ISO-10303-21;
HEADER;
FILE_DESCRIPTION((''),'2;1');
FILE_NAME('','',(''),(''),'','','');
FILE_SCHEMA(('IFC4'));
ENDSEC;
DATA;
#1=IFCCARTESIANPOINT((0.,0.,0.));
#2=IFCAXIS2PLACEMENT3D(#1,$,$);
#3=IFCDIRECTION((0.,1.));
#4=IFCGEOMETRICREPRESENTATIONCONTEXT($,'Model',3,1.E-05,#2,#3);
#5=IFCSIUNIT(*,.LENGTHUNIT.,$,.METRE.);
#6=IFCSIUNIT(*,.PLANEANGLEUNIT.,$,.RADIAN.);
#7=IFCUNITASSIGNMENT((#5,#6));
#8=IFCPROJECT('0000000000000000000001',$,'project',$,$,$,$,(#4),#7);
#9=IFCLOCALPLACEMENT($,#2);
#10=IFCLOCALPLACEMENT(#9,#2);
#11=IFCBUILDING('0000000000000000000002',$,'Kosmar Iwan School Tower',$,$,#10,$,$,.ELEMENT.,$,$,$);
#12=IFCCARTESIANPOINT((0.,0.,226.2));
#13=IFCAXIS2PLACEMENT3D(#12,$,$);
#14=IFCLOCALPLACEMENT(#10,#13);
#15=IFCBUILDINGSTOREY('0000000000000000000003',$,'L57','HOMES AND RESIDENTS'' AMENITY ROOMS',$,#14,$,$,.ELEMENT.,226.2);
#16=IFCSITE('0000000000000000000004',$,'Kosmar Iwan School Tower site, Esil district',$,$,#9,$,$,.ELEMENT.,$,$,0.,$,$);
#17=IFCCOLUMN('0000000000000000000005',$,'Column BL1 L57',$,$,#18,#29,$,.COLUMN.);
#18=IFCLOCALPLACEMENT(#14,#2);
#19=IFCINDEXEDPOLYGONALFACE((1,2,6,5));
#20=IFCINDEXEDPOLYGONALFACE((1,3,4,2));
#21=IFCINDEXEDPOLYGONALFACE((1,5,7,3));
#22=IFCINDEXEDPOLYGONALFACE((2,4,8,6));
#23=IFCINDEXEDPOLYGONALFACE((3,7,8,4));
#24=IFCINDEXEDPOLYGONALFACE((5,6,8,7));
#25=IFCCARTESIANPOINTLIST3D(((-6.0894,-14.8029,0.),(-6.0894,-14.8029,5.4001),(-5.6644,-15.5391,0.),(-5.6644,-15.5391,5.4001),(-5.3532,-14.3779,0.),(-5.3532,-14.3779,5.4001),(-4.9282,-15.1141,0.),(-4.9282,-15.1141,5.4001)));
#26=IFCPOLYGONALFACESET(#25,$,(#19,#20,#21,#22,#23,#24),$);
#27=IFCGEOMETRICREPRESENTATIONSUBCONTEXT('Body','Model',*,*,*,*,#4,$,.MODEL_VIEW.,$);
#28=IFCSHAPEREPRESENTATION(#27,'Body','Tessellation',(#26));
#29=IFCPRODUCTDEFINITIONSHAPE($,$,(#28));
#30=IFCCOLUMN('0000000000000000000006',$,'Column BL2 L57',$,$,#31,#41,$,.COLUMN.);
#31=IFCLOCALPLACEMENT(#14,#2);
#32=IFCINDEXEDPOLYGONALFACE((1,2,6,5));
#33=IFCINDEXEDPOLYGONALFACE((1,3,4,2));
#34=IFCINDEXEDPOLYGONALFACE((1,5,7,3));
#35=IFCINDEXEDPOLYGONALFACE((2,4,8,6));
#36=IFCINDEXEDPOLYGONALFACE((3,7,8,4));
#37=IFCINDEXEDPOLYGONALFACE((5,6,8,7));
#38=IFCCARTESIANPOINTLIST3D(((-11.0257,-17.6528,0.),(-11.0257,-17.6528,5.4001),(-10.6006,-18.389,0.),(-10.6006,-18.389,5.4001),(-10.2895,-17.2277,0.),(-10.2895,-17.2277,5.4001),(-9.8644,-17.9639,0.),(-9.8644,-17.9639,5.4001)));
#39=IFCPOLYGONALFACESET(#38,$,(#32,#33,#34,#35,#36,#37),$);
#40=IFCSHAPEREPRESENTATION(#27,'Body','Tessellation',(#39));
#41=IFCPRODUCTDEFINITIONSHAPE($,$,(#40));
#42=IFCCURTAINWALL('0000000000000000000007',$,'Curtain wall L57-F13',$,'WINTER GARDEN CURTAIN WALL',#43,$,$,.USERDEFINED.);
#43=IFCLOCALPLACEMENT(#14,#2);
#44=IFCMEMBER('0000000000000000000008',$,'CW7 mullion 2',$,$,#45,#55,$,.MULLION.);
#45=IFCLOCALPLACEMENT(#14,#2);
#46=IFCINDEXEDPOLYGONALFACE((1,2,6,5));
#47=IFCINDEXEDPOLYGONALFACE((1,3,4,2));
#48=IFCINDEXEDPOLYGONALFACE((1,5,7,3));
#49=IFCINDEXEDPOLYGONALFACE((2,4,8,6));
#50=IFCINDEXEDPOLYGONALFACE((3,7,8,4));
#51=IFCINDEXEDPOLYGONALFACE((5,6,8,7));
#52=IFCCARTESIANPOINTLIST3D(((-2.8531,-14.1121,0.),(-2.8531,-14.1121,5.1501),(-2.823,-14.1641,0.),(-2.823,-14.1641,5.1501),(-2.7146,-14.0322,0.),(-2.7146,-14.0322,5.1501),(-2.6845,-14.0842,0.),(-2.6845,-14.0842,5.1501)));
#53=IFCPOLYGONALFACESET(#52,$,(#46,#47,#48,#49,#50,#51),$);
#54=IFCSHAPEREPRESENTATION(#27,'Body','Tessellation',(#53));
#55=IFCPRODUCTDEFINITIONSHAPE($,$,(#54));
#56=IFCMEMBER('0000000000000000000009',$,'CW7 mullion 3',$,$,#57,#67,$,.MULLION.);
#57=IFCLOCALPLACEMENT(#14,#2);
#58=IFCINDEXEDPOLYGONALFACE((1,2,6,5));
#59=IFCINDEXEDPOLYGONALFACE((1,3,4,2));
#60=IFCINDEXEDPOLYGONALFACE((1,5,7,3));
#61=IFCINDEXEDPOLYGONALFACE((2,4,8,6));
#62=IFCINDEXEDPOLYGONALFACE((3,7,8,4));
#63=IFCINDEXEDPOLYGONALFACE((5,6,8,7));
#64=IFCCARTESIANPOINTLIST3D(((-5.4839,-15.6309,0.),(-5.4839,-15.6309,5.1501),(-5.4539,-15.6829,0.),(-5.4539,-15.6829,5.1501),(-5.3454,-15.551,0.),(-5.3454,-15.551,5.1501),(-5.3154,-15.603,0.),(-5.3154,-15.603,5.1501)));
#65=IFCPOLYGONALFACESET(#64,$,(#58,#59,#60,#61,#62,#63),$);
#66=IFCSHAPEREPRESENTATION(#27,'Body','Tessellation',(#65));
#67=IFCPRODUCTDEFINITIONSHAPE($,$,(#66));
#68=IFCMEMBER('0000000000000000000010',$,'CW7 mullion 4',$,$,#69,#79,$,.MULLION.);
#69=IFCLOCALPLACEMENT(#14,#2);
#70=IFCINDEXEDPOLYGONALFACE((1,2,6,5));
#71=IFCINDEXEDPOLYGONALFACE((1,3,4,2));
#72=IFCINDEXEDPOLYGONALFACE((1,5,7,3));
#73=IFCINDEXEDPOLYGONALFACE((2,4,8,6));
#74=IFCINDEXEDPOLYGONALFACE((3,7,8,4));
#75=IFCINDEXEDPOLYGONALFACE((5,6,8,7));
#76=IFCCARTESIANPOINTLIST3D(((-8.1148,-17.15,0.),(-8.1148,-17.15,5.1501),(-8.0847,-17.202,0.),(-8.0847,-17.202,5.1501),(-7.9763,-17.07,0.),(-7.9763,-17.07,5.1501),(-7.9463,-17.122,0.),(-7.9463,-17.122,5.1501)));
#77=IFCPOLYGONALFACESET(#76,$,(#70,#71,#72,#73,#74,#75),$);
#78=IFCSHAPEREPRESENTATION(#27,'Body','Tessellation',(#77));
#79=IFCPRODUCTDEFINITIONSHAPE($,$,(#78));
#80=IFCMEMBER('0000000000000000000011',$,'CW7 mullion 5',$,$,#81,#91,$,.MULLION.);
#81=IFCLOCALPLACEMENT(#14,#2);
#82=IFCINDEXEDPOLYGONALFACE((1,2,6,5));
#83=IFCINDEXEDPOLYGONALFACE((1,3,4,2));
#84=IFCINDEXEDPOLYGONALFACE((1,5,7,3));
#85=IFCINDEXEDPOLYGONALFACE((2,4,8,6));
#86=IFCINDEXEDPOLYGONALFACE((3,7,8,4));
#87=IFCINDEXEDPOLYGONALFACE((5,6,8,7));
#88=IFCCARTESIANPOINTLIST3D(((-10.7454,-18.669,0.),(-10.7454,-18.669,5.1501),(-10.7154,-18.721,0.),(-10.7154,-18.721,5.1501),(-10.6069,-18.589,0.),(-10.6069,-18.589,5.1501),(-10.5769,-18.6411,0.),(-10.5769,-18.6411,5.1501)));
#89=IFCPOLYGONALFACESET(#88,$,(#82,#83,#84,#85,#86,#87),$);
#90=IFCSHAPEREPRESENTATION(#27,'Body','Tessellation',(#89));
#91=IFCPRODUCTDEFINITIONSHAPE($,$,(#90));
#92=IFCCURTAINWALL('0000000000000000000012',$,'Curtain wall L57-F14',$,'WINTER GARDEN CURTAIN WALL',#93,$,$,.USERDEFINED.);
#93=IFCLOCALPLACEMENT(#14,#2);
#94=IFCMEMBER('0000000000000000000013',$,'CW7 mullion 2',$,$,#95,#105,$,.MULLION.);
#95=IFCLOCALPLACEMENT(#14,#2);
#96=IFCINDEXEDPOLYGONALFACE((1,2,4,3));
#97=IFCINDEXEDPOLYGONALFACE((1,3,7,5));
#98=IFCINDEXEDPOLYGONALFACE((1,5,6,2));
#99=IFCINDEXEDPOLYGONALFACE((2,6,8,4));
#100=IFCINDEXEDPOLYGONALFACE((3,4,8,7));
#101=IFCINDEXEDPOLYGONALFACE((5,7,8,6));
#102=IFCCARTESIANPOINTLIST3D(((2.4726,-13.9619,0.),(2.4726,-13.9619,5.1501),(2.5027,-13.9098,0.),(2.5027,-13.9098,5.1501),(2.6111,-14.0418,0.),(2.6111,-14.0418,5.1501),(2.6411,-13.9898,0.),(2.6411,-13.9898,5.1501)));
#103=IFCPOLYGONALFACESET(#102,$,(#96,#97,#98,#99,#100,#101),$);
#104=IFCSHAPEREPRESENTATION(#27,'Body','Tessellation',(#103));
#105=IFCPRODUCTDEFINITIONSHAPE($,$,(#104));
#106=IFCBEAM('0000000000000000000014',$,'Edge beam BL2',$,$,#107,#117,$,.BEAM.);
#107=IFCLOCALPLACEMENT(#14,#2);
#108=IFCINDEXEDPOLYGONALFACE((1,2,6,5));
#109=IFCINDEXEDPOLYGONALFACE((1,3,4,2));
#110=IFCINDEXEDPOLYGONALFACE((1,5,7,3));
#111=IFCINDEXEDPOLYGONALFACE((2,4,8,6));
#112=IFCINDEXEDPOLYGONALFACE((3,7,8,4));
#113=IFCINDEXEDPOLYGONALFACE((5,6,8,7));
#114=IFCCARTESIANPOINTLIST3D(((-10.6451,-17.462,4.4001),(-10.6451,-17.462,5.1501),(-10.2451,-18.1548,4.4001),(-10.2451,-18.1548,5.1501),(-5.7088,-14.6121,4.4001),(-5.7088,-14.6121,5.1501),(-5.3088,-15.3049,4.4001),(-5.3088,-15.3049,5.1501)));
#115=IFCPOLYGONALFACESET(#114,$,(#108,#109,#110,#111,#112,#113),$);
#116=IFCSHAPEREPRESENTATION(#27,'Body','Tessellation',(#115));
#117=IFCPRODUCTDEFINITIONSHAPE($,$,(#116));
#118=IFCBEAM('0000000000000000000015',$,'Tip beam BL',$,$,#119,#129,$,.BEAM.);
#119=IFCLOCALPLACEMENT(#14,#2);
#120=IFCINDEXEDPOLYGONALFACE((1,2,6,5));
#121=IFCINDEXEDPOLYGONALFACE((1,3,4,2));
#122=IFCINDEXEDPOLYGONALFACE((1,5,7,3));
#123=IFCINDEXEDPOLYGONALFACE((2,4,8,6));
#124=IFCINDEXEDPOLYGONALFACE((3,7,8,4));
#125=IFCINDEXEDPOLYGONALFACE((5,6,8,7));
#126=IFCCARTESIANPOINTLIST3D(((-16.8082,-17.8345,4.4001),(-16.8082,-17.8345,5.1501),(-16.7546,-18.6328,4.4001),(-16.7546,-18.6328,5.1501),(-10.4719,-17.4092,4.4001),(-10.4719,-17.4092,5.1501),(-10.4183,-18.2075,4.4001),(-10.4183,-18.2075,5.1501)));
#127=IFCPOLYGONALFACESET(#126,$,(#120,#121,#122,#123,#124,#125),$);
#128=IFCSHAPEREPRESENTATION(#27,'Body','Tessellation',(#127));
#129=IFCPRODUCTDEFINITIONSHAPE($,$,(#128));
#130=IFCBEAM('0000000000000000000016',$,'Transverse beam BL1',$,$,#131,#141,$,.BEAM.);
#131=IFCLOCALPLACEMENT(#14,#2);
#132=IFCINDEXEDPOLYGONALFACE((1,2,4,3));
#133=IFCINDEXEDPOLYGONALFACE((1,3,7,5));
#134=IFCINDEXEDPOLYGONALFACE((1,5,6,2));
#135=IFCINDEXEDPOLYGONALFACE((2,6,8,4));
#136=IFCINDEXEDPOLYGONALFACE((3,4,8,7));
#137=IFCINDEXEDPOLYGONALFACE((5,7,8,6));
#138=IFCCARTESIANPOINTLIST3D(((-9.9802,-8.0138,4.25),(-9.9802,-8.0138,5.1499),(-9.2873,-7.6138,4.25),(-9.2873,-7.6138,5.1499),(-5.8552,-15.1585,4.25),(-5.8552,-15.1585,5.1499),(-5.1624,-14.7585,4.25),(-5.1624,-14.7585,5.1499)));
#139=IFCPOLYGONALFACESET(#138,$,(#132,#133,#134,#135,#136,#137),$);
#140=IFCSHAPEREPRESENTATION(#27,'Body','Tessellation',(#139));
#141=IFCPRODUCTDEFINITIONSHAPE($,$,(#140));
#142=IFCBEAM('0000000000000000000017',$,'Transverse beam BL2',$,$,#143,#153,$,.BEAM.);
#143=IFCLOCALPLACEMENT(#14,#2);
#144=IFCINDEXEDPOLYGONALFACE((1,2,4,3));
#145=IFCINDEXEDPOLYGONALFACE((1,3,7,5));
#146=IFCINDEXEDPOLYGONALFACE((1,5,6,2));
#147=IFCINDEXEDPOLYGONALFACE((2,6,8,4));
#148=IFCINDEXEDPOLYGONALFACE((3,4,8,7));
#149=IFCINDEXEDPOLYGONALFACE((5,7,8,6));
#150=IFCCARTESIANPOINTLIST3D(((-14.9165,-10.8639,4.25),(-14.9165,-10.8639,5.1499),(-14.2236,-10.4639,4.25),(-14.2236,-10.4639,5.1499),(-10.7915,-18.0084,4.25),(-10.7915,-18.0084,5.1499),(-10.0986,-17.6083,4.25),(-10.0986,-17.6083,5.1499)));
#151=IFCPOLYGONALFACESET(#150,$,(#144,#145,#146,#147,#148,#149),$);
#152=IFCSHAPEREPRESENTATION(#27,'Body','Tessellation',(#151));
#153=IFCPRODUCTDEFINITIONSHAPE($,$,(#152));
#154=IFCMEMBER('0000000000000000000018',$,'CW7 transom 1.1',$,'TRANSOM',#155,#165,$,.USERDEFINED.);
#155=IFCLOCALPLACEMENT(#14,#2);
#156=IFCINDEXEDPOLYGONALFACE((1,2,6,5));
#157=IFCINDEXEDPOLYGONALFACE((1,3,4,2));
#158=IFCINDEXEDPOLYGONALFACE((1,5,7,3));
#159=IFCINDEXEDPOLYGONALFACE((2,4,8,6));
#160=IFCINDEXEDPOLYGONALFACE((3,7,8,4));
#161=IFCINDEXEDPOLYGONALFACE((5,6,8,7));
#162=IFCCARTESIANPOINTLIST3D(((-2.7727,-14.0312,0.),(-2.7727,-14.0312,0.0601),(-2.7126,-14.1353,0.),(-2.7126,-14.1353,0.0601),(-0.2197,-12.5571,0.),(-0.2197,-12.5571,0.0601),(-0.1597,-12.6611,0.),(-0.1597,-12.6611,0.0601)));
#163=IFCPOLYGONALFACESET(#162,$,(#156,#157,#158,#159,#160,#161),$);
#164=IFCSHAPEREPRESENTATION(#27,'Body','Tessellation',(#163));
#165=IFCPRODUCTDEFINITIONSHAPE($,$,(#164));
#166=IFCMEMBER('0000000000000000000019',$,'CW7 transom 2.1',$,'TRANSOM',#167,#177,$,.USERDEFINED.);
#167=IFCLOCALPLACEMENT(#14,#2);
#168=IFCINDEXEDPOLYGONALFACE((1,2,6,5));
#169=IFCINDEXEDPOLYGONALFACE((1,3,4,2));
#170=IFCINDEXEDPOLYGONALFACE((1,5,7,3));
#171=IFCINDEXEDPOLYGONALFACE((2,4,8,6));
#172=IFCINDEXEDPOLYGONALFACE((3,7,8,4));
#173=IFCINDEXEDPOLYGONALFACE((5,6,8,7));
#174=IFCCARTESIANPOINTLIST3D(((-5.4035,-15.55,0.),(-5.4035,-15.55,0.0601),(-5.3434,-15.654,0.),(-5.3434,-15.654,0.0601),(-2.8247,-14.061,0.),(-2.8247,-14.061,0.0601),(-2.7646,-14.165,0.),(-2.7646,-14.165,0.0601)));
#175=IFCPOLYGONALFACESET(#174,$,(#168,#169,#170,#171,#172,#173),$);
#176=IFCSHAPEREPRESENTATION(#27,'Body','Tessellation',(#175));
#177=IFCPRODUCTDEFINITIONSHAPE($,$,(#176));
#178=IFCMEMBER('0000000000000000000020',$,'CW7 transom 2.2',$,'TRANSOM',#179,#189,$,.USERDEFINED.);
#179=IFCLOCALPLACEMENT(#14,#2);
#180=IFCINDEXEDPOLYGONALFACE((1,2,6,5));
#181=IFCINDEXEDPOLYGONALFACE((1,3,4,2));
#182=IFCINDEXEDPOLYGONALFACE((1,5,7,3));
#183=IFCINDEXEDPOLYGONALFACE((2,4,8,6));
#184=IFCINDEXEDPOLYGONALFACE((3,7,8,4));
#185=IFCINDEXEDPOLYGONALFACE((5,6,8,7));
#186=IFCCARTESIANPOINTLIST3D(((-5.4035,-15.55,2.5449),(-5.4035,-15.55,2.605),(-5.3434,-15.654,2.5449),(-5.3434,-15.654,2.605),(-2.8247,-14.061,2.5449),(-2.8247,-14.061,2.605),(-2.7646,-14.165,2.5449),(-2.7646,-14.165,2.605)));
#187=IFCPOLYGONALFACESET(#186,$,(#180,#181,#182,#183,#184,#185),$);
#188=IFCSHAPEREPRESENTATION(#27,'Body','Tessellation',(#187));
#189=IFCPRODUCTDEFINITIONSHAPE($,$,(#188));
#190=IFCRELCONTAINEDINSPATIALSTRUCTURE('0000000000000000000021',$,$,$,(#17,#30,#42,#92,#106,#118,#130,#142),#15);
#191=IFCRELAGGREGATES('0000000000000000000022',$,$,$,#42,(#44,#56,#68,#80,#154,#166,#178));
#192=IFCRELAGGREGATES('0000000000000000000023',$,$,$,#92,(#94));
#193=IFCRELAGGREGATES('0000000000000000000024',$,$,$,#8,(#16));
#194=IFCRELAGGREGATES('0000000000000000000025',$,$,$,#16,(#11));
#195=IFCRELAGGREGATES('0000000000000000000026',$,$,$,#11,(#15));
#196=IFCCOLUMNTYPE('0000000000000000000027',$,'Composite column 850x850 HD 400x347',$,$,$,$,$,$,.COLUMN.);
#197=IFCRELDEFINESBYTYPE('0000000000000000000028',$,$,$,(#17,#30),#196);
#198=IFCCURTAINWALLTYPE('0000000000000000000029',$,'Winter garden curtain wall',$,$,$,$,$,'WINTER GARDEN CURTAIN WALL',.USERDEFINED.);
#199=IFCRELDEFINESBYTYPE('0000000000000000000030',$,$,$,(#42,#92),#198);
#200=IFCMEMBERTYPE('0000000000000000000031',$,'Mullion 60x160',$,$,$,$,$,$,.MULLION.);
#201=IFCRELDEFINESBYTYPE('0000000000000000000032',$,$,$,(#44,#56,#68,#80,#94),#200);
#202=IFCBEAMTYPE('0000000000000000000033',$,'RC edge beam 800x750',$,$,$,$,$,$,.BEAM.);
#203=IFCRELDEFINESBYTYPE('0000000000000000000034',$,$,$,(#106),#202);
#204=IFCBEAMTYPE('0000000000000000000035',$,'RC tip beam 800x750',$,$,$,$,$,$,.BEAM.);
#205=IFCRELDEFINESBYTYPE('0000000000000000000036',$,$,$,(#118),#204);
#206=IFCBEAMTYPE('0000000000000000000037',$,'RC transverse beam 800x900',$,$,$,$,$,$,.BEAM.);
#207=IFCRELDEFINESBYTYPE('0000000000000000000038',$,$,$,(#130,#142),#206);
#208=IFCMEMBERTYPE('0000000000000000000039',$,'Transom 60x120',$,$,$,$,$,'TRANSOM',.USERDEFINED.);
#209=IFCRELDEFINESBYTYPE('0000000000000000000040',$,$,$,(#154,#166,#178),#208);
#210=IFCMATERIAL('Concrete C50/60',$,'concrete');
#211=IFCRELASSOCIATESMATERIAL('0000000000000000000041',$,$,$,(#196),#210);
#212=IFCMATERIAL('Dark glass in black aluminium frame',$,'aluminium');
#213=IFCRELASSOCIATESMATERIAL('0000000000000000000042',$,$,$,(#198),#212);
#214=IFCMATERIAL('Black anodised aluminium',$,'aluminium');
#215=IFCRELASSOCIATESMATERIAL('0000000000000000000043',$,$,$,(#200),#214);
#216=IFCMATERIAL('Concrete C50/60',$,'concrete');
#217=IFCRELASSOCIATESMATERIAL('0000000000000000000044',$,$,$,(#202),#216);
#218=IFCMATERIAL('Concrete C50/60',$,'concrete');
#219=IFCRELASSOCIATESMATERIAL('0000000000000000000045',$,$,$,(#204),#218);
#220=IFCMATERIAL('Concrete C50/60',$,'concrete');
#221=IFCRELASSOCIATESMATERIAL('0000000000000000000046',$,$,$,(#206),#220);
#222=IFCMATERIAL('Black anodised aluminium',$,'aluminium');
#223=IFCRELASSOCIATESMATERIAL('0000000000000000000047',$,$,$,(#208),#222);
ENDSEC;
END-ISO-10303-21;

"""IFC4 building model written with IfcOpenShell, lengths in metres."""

from ifc_helpers import new_model, si_unit, direction, frame, origin, origin_2d, place, context, subcontext, project, spatial, rectangle, extrude, material, material_profile, profile_set, type_object, element, aggregate, save


model = new_model("IFC4")

# Units and contexts
model_context = context("Model", 3, precision=1e-05, world=origin(), true_north=direction((0.0, 1.0)))
body_context = subcontext(model_context, "Body", "Model", "MODEL_VIEW")
ifc_project = project(units=[si_unit("LENGTHUNIT", "METRE"), si_unit("PLANEANGLEUNIT", "RADIAN")], contexts=[model_context])

# Site, building, storey
site_placement = place(None, origin())
site = spatial("IfcSite", under=ifc_project, at=site_placement, Name="Kosmar Iwan School Tower site, Esil district", CompositionType="ELEMENT", RefElevation=0.0)
building_placement = place(site_placement, origin())
building = spatial("IfcBuilding", under=site, at=building_placement, Name="Kosmar Iwan School Tower", CompositionType="ELEMENT")
storey_placement = place(building_placement, frame((0.0, 0.0, 226.2)))
storey = spatial("IfcBuildingStorey", under=building, at=storey_placement, Name="L57", Description="HOMES AND RESIDENTS' AMENITY ROOMS", CompositionType="ELEMENT", Elevation=226.2)

# Columns
ifc_material_1 = material(Name="Concrete C50/60", Category="concrete")
ifc_material_profile_1 = material_profile(ifc_material_1, rectangle(XDim=0.8501, YDim=0.8501, at=origin_2d()), Name="RC 850x850 + HD 400x347")
ifc_profile_set_1 = profile_set([ifc_material_profile_1], Name="Concrete C50/60")
column_type = type_object("IfcColumnType", Name="Composite column 850x850 HD 400x347", PredefinedType="COLUMN", material=ifc_profile_set_1)
for number, where, z_axis, x_axis, name in (
    (1, (-5.5088, -14.9585, 0.0), (0.0, 0.0, 1.0), (-0.866025, -0.5, 0.0), "Column BL1 L57"),
    (2, (-10.4451, -17.8083, 0.0), (0.0, 0.0, 1.0), (-0.866025, -0.5, 0.0), "Column BL2 L57"),
):
    element("IfcColumn", number, at=place(storey_placement, frame(where, z_axis=z_axis, x_axis=x_axis)), inside=storey, type_object=column_type, Name=name, PredefinedType="COLUMN", context=body_context, shape_type="SweptSolid", body=[
        extrude(rectangle(XDim=0.8501, YDim=0.8501, at=origin_2d()), origin(), (0.0, 0.0, 1.0), 5.4001),
    ])

# Curtain wall, members
ifc_material_2 = material(Name="Dark glass in black aluminium frame", Category="aluminium")
curtain_wall_type = type_object("IfcCurtainWallType", Name="Winter garden curtain wall", ElementType="WINTER GARDEN CURTAIN WALL", PredefinedType="USERDEFINED", material=ifc_material_2)
curtain_wall_1_placement = place(storey_placement, origin())
curtain_wall_1 = element("IfcCurtainWall", 3, at=curtain_wall_1_placement, inside=storey, type_object=curtain_wall_type, Name="Curtain wall L57-F13", ObjectType="WINTER GARDEN CURTAIN WALL", PredefinedType="USERDEFINED")
ifc_material_3 = material(Name="Black anodised aluminium", Category="aluminium")
ifc_material_profile_2 = material_profile(ifc_material_3, rectangle(XDim=0.0601, YDim=0.1599, at=origin_2d()), Name="MULLION 60x160")
ifc_profile_set_2 = profile_set([ifc_material_profile_2], Name="Black anodised aluminium")
member_type_1 = type_object("IfcMemberType", Name="Mullion 60x160", PredefinedType="MULLION", material=ifc_profile_set_2)
member_1_placement = place(storey_placement, frame((-2.7688, -14.0981, 0.0), z_axis=(0.0, 0.0, 1.0), x_axis=(0.5, -0.866025, 0.0)))
member_1 = element("IfcMember", 4, at=member_1_placement, type_object=member_type_1, Name="CW7 mullion 2", PredefinedType="MULLION", context=body_context, shape_type="SweptSolid", body=[
    extrude(rectangle(XDim=0.0601, YDim=0.1599, at=origin_2d()), origin(), (0.0, 0.0, 1.0), 5.1501),
])
member_2_placement = place(storey_placement, frame((-5.3997, -15.6169, 0.0), z_axis=(0.0, 0.0, 1.0), x_axis=(0.5, -0.866025, 0.0)))
member_2 = element("IfcMember", 5, at=member_2_placement, type_object=member_type_1, Name="CW7 mullion 3", PredefinedType="MULLION", context=body_context, shape_type="SweptSolid", body=[
    extrude(rectangle(XDim=0.0601, YDim=0.1599, at=origin_2d()), origin(), (0.0, 0.0, 1.0), 5.1501),
])
member_3_placement = place(storey_placement, frame((-8.0305, -17.136, 0.0), z_axis=(0.0, 0.0, 1.0), x_axis=(0.5, -0.866025, 0.0)))
member_3 = element("IfcMember", 6, at=member_3_placement, type_object=member_type_1, Name="CW7 mullion 4", PredefinedType="MULLION", context=body_context, shape_type="SweptSolid", body=[
    extrude(rectangle(XDim=0.0601, YDim=0.1599, at=origin_2d()), origin(), (0.0, 0.0, 1.0), 5.1501),
])
member_4_placement = place(storey_placement, frame((-10.6611, -18.655, 0.0), z_axis=(0.0, 0.0, 1.0), x_axis=(0.5, -0.866025, 0.0)))
member_4 = element("IfcMember", 7, at=member_4_placement, type_object=member_type_1, Name="CW7 mullion 5", PredefinedType="MULLION", context=body_context, shape_type="SweptSolid", body=[
    extrude(rectangle(XDim=0.0601, YDim=0.1599, at=origin_2d()), origin(), (0.0, 0.0, 1.0), 5.1501),
])

# Curtain wall, member
curtain_wall_2_placement = place(storey_placement, origin())
curtain_wall_2 = element("IfcCurtainWall", 8, at=curtain_wall_2_placement, inside=storey, type_object=curtain_wall_type, Name="Curtain wall L57-F14", ObjectType="WINTER GARDEN CURTAIN WALL", PredefinedType="USERDEFINED")
member_5_placement = place(storey_placement, frame((2.5569, -13.9758, 0.0), z_axis=(0.0, 0.0, 1.0), x_axis=(0.5, 0.866025, 0.0)))
member_5 = element("IfcMember", 9, at=member_5_placement, type_object=member_type_1, Name="CW7 mullion 2", PredefinedType="MULLION", context=body_context, shape_type="SweptSolid", body=[
    extrude(rectangle(XDim=0.0601, YDim=0.1599, at=origin_2d()), origin(), (0.0, 0.0, 1.0), 5.1501),
])

# Beams
ifc_material_4 = material(Name="Concrete C50/60", Category="concrete")
ifc_material_profile_3 = material_profile(ifc_material_4, rectangle(XDim=0.8, YDim=0.75, at=origin_2d()), Name="RC 800x750")
ifc_profile_set_3 = profile_set([ifc_material_profile_3], Name="Concrete C50/60")
beam_type_1 = type_object("IfcBeamType", Name="RC edge beam 800x750", PredefinedType="BEAM", material=ifc_profile_set_3)
beam_1_placement = place(storey_placement, frame((-5.5088, -14.9585, 4.7751), z_axis=(-0.866034, -0.499986, 0.0), x_axis=(0.499986, -0.866034, 0.0)))
element("IfcBeam", 10, at=beam_1_placement, inside=storey, type_object=beam_type_1, Name="Edge beam BL2", PredefinedType="BEAM", context=body_context, shape_type="SweptSolid", body=[
    extrude(rectangle(XDim=0.8, YDim=0.75, at=origin_2d()), origin(), (0.0, 0.0, 1.0), 5.7),
])
ifc_material_5 = material(Name="Concrete C50/60", Category="concrete")
ifc_material_profile_4 = material_profile(ifc_material_5, rectangle(XDim=0.8, YDim=0.75, at=origin_2d()), Name="RC 800x750")
ifc_profile_set_4 = profile_set([ifc_material_profile_4], Name="Concrete C50/60")
beam_type_2 = type_object("IfcBeamType", Name="RC tip beam 800x750", PredefinedType="BEAM", material=ifc_profile_set_4)
beam_2_placement = place(storey_placement, frame((-10.4451, -17.8083, 4.7751), z_axis=(-0.997755, -0.066968, 0.0), x_axis=(0.066968, -0.997755, 0.0)))
element("IfcBeam", 11, at=beam_2_placement, inside=storey, type_object=beam_type_2, Name="Tip beam BL", PredefinedType="BEAM", context=body_context, shape_type="SweptSolid", body=[
    extrude(rectangle(XDim=0.8, YDim=0.75, at=origin_2d()), origin(), (0.0, 0.0, 1.0), 6.3506),
])
ifc_material_6 = material(Name="Concrete C50/60", Category="concrete")
ifc_material_profile_5 = material_profile(ifc_material_6, rectangle(XDim=0.8, YDim=0.8999, at=origin_2d()), Name="RC 800x900")
ifc_profile_set_5 = profile_set([ifc_material_profile_5], Name="Concrete C50/60")
beam_type_3 = type_object("IfcBeamType", Name="RC transverse beam 800x900", PredefinedType="BEAM", material=ifc_profile_set_5)
beam_3_placement = place(storey_placement, frame((-5.5088, -14.9585, 4.7), z_axis=(-0.499997, 0.866027, 0.0), x_axis=(-0.866027, -0.499997, 0.0)))
element("IfcBeam", 12, at=beam_3_placement, inside=storey, type_object=beam_type_3, Name="Transverse beam BL1", PredefinedType="BEAM", context=body_context, shape_type="SweptSolid", body=[
    extrude(rectangle(XDim=0.8, YDim=0.8999, at=origin_2d()), origin(), (0.0, 0.0, 1.0), 8.25),
])
beam_4_placement = place(storey_placement, frame((-10.4451, -17.8083, 4.7), z_axis=(-0.500009, 0.86602, 0.0), x_axis=(-0.86602, -0.500009, 0.0)))
element("IfcBeam", 13, at=beam_4_placement, inside=storey, type_object=beam_type_3, Name="Transverse beam BL2", PredefinedType="BEAM", context=body_context, shape_type="SweptSolid", body=[
    extrude(rectangle(XDim=0.8, YDim=0.8999, at=origin_2d()), origin(), (0.0, 0.0, 1.0), 8.2498),
])

# Members
ifc_material_7 = material(Name="Black anodised aluminium", Category="aluminium")
ifc_material_profile_6 = material_profile(ifc_material_7, rectangle(XDim=0.1201, YDim=0.0601, at=origin_2d()), Name="TRANSOM 60x120")
ifc_profile_set_6 = profile_set([ifc_material_profile_6], Name="Black anodised aluminium")
member_type_2 = type_object("IfcMemberType", Name="Transom 60x120", ElementType="TRANSOM", PredefinedType="USERDEFINED", material=ifc_profile_set_6)
member_6_placement = place(storey_placement, frame((-0.1897, -12.6091, 0.03), z_axis=(-0.866002, -0.50004, 0.0), x_axis=(0.50004, -0.866002, 0.0)))
member_6 = element("IfcMember", 14, at=member_6_placement, type_object=member_type_2, Name="CW7 transom 1.1", ObjectType="TRANSOM", PredefinedType="USERDEFINED", context=body_context, shape_type="SweptSolid", body=[
    extrude(rectangle(XDim=0.1201, YDim=0.0601, at=origin_2d()), origin(), (0.0, 0.0, 1.0), 2.948),
])
member_7_placement = place(storey_placement, frame((-2.7947, -14.113, 0.03), z_axis=(-0.866009, -0.500028, 0.0), x_axis=(0.500028, -0.866009, 0.0)))
member_7 = element("IfcMember", 15, at=member_7_placement, type_object=member_type_2, Name="CW7 transom 2.1", ObjectType="TRANSOM", PredefinedType="USERDEFINED", context=body_context, shape_type="SweptSolid", body=[
    extrude(rectangle(XDim=0.1201, YDim=0.0601, at=origin_2d()), origin(), (0.0, 0.0, 1.0), 2.9778),
])
member_8_placement = place(storey_placement, frame((-2.7947, -14.113, 2.575), z_axis=(-0.866009, -0.500028, 0.0), x_axis=(0.500028, -0.866009, 0.0)))
member_8 = element("IfcMember", 16, at=member_8_placement, type_object=member_type_2, Name="CW7 transom 2.2", ObjectType="TRANSOM", PredefinedType="USERDEFINED", context=body_context, shape_type="SweptSolid", body=[
    extrude(rectangle(XDim=0.1201, YDim=0.0601, at=origin_2d()), origin(), (0.0, 0.0, 1.0), 2.9778),
])

aggregate(curtain_wall_1, [member_1, member_2, member_3, member_4, member_6, member_7, member_8])
aggregate(curtain_wall_2, [member_5])

save(model, "model.ifc")
